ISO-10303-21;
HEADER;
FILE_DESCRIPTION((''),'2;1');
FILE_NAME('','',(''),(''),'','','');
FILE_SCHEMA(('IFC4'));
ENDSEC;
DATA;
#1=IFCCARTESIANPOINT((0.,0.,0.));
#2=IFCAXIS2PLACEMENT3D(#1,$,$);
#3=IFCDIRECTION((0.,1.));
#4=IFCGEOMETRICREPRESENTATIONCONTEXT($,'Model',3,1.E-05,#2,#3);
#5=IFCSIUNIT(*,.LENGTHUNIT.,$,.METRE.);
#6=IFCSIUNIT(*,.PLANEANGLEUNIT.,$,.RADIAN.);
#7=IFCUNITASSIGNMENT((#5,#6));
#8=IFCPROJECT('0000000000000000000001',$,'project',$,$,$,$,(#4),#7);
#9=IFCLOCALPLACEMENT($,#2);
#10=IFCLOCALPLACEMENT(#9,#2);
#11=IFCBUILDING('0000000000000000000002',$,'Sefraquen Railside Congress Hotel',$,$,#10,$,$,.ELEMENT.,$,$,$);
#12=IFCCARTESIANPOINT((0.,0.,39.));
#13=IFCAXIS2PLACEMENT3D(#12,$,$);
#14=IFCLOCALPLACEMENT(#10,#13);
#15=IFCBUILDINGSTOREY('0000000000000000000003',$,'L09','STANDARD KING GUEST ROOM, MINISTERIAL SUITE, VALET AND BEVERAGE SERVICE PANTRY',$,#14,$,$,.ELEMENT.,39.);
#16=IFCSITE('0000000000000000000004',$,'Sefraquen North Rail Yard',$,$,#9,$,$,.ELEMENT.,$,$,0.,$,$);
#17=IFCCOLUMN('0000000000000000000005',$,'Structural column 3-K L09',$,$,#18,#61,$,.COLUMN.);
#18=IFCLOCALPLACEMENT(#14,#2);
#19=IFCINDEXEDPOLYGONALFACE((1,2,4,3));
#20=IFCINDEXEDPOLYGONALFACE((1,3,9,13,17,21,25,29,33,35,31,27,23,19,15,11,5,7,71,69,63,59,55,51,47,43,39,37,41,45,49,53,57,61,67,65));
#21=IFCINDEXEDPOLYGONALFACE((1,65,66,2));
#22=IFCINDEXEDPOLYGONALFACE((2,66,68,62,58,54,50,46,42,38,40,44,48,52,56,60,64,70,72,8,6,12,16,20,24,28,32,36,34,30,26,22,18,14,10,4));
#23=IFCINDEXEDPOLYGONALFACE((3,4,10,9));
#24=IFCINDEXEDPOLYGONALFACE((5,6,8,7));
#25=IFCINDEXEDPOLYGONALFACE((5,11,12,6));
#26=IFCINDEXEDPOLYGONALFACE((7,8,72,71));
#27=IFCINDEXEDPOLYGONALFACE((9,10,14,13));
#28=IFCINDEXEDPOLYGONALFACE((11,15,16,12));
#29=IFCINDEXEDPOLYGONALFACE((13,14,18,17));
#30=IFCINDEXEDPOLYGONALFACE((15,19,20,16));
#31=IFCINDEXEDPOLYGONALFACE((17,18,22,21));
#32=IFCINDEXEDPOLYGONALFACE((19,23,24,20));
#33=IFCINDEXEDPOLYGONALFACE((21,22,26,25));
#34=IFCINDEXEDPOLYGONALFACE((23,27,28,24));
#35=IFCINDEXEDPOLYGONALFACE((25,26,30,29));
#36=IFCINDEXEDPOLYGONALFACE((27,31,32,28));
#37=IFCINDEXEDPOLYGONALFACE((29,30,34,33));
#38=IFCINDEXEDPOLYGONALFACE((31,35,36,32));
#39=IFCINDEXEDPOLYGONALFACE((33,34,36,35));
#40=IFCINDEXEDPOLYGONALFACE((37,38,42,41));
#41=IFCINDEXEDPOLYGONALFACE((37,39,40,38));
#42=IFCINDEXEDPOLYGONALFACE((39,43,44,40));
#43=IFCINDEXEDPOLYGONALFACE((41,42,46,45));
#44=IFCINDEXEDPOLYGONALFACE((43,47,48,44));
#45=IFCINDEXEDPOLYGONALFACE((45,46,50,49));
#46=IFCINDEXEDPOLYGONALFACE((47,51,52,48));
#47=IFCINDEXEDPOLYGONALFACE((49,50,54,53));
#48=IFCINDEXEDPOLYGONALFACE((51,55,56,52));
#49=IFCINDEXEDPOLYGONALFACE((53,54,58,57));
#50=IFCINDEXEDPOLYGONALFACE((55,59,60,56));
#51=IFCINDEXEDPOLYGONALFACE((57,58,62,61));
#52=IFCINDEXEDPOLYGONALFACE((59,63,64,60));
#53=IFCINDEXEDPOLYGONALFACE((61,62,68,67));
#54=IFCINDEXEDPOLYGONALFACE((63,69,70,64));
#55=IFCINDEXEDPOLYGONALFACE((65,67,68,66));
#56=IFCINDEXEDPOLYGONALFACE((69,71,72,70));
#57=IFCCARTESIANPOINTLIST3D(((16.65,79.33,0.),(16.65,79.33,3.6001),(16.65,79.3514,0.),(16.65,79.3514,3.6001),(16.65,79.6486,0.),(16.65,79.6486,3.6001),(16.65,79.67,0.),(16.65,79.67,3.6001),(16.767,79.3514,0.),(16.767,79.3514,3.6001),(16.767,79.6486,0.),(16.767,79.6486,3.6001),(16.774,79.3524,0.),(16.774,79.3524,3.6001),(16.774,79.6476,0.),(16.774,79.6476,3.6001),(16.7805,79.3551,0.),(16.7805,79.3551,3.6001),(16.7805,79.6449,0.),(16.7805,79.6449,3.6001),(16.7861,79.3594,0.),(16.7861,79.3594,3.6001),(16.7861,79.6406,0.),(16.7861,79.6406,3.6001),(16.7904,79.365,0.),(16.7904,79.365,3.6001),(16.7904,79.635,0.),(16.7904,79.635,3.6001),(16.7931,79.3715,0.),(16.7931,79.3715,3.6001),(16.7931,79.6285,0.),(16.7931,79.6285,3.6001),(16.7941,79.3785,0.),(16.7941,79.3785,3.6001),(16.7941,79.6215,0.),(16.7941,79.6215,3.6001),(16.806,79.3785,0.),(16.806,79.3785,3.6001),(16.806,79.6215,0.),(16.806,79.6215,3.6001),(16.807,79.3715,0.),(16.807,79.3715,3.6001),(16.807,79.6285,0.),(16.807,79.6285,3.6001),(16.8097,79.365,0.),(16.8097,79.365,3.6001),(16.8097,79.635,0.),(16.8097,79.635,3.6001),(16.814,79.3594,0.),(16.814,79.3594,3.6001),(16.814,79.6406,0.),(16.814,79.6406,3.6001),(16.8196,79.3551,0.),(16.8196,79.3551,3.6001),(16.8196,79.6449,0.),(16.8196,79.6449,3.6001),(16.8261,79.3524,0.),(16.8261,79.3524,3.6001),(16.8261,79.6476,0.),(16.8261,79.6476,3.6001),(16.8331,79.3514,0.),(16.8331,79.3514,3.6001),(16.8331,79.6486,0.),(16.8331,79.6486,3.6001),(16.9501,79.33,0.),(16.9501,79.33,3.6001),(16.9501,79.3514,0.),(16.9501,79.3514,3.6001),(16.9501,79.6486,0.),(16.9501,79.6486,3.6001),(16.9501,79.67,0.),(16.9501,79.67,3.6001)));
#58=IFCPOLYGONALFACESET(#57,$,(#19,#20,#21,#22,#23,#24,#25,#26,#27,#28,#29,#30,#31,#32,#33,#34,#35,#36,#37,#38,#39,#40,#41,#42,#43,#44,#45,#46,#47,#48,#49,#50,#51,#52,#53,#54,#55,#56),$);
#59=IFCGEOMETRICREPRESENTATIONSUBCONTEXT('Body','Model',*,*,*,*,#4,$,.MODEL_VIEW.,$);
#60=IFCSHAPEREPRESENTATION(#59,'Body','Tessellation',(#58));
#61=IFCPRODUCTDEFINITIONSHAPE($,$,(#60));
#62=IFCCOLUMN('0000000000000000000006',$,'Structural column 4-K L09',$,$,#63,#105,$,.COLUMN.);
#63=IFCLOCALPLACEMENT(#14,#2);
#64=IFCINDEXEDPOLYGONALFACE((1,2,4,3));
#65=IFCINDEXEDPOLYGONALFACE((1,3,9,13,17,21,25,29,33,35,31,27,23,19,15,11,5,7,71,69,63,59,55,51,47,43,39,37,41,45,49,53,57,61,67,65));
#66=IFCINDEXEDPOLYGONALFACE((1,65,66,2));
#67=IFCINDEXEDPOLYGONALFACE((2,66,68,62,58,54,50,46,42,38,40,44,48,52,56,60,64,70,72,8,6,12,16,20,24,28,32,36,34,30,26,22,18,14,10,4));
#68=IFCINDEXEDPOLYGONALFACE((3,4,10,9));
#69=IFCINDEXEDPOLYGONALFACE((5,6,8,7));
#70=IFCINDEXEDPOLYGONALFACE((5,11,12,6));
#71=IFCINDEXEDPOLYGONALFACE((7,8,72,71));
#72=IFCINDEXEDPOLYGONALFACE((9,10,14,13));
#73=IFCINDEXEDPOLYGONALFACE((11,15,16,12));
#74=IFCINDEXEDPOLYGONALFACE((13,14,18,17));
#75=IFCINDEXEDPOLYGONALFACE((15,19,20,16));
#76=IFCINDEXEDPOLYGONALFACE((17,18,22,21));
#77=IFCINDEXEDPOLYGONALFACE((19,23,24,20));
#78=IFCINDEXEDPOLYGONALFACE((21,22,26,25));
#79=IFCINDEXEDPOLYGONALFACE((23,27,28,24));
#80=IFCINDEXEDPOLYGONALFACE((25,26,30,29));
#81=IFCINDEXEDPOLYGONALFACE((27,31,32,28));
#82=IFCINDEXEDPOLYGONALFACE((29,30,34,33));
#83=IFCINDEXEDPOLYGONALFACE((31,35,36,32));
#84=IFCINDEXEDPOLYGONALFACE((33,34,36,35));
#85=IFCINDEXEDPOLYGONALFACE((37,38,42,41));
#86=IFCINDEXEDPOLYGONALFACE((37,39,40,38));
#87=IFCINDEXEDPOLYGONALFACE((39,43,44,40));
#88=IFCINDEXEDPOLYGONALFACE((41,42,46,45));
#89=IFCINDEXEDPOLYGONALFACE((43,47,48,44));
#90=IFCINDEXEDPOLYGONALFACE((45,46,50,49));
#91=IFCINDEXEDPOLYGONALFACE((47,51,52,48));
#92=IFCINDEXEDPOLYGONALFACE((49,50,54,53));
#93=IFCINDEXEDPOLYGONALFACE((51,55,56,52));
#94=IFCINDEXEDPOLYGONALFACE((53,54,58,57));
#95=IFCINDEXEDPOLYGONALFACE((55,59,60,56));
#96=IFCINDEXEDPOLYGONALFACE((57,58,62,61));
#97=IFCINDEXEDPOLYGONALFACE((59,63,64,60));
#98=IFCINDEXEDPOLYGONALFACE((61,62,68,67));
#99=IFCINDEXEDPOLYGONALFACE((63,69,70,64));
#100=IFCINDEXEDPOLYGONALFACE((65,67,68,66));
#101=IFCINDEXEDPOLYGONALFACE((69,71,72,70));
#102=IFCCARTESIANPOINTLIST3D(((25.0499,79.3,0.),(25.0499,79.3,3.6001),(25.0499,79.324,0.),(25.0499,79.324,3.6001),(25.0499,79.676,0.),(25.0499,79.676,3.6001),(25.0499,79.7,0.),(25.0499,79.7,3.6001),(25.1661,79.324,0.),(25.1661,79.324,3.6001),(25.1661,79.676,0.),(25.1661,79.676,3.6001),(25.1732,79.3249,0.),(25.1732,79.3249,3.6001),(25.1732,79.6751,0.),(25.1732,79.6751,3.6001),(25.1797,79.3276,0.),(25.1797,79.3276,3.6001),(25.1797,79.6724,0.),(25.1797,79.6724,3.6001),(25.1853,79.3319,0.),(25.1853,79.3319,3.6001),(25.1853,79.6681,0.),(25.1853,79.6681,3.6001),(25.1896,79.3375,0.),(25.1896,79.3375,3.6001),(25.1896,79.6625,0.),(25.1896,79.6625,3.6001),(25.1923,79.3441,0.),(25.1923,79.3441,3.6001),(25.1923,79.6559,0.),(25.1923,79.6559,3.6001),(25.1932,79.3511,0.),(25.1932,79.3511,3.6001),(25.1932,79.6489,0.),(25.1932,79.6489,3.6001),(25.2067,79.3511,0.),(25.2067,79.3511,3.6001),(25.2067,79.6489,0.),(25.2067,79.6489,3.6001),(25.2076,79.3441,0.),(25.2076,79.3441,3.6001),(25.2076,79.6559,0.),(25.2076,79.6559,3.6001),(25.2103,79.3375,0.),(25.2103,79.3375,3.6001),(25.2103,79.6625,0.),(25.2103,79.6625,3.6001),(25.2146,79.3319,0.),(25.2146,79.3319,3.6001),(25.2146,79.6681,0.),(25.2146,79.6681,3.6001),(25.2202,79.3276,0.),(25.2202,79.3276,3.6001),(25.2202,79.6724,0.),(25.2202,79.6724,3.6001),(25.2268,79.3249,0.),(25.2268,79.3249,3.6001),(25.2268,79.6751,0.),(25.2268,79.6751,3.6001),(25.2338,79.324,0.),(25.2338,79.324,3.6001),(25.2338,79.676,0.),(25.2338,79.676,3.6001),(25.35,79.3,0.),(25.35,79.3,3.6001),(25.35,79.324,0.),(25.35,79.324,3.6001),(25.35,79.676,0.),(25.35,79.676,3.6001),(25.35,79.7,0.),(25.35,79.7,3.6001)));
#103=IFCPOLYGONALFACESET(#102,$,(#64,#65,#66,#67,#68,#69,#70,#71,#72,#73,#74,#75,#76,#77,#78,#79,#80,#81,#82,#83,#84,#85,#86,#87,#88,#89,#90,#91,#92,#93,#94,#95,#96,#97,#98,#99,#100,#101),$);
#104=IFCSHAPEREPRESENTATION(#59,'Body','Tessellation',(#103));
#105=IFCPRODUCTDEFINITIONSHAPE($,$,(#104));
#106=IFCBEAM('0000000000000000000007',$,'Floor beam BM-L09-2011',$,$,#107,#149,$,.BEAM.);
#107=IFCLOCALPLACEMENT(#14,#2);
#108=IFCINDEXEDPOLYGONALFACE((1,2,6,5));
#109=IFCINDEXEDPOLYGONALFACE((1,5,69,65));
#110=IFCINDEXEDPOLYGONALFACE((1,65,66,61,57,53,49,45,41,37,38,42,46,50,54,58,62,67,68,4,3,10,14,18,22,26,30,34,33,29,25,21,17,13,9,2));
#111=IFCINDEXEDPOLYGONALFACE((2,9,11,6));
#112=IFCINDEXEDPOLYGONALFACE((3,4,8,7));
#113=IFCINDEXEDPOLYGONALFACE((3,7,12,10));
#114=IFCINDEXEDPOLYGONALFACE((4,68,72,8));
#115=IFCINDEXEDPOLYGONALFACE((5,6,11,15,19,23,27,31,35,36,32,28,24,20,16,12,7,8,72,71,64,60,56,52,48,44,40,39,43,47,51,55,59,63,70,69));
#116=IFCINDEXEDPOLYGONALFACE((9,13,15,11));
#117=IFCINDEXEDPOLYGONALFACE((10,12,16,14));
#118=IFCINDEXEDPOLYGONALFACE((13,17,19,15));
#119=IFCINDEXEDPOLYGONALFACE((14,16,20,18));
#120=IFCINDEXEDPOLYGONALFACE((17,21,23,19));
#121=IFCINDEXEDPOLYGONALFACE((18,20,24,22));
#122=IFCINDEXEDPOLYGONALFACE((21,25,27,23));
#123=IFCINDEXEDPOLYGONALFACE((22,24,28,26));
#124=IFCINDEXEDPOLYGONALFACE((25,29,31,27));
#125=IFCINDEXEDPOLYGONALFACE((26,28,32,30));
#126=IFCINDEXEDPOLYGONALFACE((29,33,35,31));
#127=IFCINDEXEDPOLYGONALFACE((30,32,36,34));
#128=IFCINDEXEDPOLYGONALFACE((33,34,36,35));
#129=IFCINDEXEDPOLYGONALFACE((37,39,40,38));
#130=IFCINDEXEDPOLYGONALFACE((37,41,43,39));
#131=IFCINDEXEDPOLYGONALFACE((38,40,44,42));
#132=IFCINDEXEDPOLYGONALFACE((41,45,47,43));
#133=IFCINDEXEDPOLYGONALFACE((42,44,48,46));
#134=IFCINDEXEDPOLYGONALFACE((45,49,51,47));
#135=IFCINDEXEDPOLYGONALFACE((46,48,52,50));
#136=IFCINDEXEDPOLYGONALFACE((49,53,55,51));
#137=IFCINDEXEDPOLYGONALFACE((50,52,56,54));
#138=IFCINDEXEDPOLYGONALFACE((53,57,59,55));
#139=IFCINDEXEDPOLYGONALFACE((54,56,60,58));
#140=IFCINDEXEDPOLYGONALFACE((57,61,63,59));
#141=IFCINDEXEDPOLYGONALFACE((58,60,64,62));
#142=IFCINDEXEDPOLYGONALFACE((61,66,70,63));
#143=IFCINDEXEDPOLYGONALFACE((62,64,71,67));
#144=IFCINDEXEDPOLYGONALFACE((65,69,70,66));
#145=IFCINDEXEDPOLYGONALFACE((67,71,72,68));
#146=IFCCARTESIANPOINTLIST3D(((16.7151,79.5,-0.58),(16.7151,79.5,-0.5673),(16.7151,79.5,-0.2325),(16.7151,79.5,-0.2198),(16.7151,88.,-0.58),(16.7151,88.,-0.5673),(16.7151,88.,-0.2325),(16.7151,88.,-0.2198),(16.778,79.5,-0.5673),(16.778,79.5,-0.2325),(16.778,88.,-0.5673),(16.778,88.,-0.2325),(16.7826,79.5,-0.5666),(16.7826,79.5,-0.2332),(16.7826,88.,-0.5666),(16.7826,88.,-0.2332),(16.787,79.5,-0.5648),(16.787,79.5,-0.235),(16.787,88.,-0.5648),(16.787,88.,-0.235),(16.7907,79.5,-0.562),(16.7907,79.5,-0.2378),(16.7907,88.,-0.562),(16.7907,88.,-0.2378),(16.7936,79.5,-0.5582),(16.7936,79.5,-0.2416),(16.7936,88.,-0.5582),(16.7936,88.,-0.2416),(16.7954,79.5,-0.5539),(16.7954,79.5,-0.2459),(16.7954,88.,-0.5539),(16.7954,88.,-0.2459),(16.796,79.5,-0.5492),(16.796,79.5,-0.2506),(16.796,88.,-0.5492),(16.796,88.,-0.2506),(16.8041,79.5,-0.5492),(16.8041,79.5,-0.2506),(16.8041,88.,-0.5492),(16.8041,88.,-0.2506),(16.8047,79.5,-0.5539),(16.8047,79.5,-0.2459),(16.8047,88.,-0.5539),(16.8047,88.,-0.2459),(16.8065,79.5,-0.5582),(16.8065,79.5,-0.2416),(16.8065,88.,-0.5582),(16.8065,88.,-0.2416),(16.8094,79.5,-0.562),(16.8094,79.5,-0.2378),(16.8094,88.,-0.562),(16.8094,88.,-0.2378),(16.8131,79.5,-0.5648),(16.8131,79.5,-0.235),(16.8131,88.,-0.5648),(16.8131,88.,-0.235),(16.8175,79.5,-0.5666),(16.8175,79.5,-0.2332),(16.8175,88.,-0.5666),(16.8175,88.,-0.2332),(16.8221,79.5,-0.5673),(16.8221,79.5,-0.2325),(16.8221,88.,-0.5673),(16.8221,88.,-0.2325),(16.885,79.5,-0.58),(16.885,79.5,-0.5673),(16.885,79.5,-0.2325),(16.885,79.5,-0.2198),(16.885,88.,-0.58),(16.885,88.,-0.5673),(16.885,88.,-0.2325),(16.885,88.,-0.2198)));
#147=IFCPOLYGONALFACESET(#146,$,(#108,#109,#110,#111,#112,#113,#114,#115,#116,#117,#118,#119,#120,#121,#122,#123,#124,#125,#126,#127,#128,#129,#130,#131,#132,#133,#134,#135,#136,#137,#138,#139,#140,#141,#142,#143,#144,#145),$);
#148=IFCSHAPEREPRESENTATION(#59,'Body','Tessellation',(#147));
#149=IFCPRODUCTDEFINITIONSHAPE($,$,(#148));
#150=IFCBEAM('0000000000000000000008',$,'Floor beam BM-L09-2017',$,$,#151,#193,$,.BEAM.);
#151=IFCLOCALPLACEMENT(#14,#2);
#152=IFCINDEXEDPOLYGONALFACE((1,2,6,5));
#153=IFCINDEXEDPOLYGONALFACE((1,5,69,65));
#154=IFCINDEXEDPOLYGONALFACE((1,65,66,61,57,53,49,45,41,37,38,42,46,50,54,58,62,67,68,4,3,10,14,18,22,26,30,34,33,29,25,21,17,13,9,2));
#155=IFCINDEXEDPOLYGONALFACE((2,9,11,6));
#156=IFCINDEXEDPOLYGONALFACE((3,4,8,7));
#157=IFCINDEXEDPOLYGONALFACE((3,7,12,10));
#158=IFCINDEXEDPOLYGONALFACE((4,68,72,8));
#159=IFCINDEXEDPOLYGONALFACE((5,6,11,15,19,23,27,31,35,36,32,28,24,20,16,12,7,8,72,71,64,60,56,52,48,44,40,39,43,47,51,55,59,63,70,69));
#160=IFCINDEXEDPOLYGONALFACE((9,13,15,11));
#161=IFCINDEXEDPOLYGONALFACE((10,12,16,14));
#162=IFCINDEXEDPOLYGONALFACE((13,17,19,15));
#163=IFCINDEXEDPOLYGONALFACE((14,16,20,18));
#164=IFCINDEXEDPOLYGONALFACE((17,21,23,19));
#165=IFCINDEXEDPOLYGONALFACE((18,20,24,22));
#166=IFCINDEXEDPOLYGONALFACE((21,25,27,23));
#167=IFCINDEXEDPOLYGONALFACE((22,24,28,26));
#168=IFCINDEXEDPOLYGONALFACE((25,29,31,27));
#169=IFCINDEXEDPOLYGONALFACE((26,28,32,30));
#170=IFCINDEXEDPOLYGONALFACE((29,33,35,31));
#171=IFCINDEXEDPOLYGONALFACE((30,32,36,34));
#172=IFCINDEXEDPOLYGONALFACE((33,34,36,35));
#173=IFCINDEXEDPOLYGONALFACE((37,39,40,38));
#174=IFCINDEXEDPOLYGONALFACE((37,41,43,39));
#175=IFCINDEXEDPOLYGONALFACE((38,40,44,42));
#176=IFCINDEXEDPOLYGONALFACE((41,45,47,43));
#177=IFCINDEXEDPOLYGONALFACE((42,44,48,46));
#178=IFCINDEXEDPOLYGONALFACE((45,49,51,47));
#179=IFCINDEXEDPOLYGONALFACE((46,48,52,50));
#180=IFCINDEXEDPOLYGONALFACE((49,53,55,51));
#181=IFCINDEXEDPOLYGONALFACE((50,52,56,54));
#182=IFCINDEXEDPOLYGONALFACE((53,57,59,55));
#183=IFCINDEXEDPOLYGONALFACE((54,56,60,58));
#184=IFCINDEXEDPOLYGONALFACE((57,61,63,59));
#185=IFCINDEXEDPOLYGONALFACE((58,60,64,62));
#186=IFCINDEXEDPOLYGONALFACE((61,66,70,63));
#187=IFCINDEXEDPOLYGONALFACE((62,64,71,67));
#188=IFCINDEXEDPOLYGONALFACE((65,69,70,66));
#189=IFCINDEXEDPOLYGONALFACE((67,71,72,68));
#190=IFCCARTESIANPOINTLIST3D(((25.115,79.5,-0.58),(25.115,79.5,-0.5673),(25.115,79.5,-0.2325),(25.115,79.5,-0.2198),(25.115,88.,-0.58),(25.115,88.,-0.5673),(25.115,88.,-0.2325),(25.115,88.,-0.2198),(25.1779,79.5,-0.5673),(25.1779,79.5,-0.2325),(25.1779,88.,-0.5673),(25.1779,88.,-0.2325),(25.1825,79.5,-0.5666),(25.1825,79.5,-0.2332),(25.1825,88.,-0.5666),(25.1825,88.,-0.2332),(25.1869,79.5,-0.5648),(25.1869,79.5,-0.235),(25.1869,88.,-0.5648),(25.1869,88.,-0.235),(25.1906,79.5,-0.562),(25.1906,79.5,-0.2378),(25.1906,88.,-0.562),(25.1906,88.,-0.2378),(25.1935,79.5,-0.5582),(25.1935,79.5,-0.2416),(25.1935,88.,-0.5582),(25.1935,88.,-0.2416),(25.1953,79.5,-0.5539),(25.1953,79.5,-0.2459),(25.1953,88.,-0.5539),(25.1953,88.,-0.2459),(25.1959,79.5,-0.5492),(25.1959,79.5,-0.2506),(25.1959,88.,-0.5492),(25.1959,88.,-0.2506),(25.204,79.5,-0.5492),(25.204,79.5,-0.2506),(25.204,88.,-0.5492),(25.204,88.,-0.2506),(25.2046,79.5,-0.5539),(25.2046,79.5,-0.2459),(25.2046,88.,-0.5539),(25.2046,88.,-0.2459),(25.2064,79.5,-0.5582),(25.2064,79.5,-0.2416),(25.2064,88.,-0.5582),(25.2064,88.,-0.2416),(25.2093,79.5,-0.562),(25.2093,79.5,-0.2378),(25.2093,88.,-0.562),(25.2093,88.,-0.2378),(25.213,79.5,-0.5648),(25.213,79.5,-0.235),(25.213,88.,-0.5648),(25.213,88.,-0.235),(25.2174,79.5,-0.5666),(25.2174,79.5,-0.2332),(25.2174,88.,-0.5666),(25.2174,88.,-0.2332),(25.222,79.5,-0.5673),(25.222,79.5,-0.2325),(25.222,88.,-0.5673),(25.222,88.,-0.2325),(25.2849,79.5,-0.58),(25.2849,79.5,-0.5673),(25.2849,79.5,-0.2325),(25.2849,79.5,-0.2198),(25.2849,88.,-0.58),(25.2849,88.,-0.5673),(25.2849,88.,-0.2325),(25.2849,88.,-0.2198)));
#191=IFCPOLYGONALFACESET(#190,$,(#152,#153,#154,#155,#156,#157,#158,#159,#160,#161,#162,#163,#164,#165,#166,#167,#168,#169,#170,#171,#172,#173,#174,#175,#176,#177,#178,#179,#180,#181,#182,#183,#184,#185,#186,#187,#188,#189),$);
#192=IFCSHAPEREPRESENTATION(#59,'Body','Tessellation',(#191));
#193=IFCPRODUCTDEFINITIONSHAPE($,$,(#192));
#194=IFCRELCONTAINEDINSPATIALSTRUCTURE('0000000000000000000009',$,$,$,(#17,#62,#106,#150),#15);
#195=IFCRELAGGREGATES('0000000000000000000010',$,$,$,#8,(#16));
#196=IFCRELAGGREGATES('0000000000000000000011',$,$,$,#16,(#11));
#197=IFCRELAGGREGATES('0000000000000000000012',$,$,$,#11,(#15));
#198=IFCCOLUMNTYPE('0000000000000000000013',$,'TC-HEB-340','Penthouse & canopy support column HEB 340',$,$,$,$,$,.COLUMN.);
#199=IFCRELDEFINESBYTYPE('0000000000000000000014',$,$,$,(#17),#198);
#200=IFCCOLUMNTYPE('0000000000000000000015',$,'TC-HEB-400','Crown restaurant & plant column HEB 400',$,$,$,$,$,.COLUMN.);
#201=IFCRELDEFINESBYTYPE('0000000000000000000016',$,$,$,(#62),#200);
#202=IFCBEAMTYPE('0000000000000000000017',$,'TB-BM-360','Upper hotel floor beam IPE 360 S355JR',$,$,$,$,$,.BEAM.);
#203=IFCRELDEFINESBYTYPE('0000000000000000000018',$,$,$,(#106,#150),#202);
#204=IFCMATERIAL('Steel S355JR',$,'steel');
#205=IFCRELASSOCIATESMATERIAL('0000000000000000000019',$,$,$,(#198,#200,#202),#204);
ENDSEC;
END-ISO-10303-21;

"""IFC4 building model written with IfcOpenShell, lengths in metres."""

from ifc_helpers import new_model, si_unit, direction, frame, origin, origin_2d, place, context, subcontext, project, spatial, i_section, extrude, material, material_profile, profile_set, type_object, element, save


model = new_model("IFC4")

# Units and contexts
model_context = context("Model", 3, precision=1e-05, world=origin(), true_north=direction((0.0, 1.0)))
body_context = subcontext(model_context, "Body", "Model", "MODEL_VIEW")
ifc_project = project(units=[si_unit("LENGTHUNIT", "METRE"), si_unit("PLANEANGLEUNIT", "RADIAN")], contexts=[model_context])

# Site, building, storey
site_placement = place(None, origin())
site = spatial("IfcSite", under=ifc_project, at=site_placement, Name="Sefraquen North Rail Yard", CompositionType="ELEMENT", RefElevation=0.0)
building_placement = place(site_placement, origin())
building = spatial("IfcBuilding", under=site, at=building_placement, Name="Sefraquen Railside Congress Hotel", CompositionType="ELEMENT")
storey_placement = place(building_placement, frame((0.0, 0.0, 39.0)))
storey = spatial("IfcBuildingStorey", under=building, at=storey_placement, Name="L09", Description="STANDARD KING GUEST ROOM, MINISTERIAL SUITE, VALET AND BEVERAGE SERVICE PANTRY", CompositionType="ELEMENT", Elevation=39.0)

# Columns
ifc_material_1 = material(Name="Steel S355JR", Category="steel")
ifc_material_profile_1 = material_profile(ifc_material_1, i_section(OverallWidth=0.3, OverallDepth=0.3401, WebThickness=0.012, FlangeThickness=0.0215, FilletRadius=0.0271, at=origin_2d()), Name="HEB 340")
ifc_profile_set_1 = profile_set([ifc_material_profile_1], Name="Steel S355JR")
column_type_1 = type_object("IfcColumnType", Name="TC-HEB-340", Description="Penthouse & canopy support column HEB 340", PredefinedType="COLUMN", material=ifc_profile_set_1)
column_1_placement = place(storey_placement, frame((16.8, 79.5, 0.0), z_axis=(0.0, 0.0, 1.0), x_axis=(1.0, 0.0, 0.0)))
element("IfcColumn", 1, at=column_1_placement, inside=storey, type_object=column_type_1, Name="Structural column 3-K L09", PredefinedType="COLUMN", context=body_context, shape_type="SweptSolid", body=[
    extrude(i_section(OverallWidth=0.3, OverallDepth=0.3401, WebThickness=0.012, FlangeThickness=0.0215, FilletRadius=0.0271, at=origin_2d()), origin(), (0.0, 0.0, 1.0), 3.6001),
])
ifc_material_profile_2 = material_profile(ifc_material_1, i_section(OverallWidth=0.3, OverallDepth=0.3999, WebThickness=0.0134, FlangeThickness=0.0239, FilletRadius=0.0271, at=origin_2d()), Name="HEB 400")
ifc_profile_set_2 = profile_set([ifc_material_profile_2], Name="Steel S355JR")
column_type_2 = type_object("IfcColumnType", Name="TC-HEB-400", Description="Crown restaurant & plant column HEB 400", PredefinedType="COLUMN", material=ifc_profile_set_2)
column_2_placement = place(storey_placement, frame((25.2, 79.5, 0.0), z_axis=(0.0, 0.0, 1.0), x_axis=(1.0, 0.0, 0.0)))
element("IfcColumn", 2, at=column_2_placement, inside=storey, type_object=column_type_2, Name="Structural column 4-K L09", PredefinedType="COLUMN", context=body_context, shape_type="SweptSolid", body=[
    extrude(i_section(OverallWidth=0.3, OverallDepth=0.3999, WebThickness=0.0134, FlangeThickness=0.0239, FilletRadius=0.0271, at=origin_2d()), origin(), (0.0, 0.0, 1.0), 3.6001),
])

# Beams
ifc_material_profile_3 = material_profile(ifc_material_1, i_section(OverallWidth=0.1699, OverallDepth=0.3601, WebThickness=0.0081, FlangeThickness=0.0127, FilletRadius=0.0181, at=origin_2d()), Name="IPE 360")
ifc_profile_set_3 = profile_set([ifc_material_profile_3], Name="Steel S355JR")
beam_type_1 = type_object("IfcBeamType", Name="TB-BM-360", Description="Upper hotel floor beam IPE 360 S355JR", PredefinedType="BEAM", material=ifc_profile_set_3)
for number, where, z_axis, x_axis, name in (
    (3, (16.8, 79.5, -0.3999), (0.0, 1.0, 0.0), (-1.0, 0.0, 0.0), "Floor beam BM-L09-2011"),
    (4, (25.2, 79.5, -0.3999), (0.0, 1.0, 0.0), (-1.0, 0.0, 0.0), "Floor beam BM-L09-2017"),
):
    element("IfcBeam", number, at=place(storey_placement, frame(where, z_axis=z_axis, x_axis=x_axis)), inside=storey, type_object=beam_type_1, Name=name, PredefinedType="BEAM", context=body_context, shape_type="SweptSolid", body=[
        extrude(i_section(OverallWidth=0.1699, OverallDepth=0.3601, WebThickness=0.0081, FlangeThickness=0.0127, FilletRadius=0.0181, at=origin_2d()), origin(), (0.0, 0.0, 1.0), 8.5),
    ])

save(model, "model.ifc")
